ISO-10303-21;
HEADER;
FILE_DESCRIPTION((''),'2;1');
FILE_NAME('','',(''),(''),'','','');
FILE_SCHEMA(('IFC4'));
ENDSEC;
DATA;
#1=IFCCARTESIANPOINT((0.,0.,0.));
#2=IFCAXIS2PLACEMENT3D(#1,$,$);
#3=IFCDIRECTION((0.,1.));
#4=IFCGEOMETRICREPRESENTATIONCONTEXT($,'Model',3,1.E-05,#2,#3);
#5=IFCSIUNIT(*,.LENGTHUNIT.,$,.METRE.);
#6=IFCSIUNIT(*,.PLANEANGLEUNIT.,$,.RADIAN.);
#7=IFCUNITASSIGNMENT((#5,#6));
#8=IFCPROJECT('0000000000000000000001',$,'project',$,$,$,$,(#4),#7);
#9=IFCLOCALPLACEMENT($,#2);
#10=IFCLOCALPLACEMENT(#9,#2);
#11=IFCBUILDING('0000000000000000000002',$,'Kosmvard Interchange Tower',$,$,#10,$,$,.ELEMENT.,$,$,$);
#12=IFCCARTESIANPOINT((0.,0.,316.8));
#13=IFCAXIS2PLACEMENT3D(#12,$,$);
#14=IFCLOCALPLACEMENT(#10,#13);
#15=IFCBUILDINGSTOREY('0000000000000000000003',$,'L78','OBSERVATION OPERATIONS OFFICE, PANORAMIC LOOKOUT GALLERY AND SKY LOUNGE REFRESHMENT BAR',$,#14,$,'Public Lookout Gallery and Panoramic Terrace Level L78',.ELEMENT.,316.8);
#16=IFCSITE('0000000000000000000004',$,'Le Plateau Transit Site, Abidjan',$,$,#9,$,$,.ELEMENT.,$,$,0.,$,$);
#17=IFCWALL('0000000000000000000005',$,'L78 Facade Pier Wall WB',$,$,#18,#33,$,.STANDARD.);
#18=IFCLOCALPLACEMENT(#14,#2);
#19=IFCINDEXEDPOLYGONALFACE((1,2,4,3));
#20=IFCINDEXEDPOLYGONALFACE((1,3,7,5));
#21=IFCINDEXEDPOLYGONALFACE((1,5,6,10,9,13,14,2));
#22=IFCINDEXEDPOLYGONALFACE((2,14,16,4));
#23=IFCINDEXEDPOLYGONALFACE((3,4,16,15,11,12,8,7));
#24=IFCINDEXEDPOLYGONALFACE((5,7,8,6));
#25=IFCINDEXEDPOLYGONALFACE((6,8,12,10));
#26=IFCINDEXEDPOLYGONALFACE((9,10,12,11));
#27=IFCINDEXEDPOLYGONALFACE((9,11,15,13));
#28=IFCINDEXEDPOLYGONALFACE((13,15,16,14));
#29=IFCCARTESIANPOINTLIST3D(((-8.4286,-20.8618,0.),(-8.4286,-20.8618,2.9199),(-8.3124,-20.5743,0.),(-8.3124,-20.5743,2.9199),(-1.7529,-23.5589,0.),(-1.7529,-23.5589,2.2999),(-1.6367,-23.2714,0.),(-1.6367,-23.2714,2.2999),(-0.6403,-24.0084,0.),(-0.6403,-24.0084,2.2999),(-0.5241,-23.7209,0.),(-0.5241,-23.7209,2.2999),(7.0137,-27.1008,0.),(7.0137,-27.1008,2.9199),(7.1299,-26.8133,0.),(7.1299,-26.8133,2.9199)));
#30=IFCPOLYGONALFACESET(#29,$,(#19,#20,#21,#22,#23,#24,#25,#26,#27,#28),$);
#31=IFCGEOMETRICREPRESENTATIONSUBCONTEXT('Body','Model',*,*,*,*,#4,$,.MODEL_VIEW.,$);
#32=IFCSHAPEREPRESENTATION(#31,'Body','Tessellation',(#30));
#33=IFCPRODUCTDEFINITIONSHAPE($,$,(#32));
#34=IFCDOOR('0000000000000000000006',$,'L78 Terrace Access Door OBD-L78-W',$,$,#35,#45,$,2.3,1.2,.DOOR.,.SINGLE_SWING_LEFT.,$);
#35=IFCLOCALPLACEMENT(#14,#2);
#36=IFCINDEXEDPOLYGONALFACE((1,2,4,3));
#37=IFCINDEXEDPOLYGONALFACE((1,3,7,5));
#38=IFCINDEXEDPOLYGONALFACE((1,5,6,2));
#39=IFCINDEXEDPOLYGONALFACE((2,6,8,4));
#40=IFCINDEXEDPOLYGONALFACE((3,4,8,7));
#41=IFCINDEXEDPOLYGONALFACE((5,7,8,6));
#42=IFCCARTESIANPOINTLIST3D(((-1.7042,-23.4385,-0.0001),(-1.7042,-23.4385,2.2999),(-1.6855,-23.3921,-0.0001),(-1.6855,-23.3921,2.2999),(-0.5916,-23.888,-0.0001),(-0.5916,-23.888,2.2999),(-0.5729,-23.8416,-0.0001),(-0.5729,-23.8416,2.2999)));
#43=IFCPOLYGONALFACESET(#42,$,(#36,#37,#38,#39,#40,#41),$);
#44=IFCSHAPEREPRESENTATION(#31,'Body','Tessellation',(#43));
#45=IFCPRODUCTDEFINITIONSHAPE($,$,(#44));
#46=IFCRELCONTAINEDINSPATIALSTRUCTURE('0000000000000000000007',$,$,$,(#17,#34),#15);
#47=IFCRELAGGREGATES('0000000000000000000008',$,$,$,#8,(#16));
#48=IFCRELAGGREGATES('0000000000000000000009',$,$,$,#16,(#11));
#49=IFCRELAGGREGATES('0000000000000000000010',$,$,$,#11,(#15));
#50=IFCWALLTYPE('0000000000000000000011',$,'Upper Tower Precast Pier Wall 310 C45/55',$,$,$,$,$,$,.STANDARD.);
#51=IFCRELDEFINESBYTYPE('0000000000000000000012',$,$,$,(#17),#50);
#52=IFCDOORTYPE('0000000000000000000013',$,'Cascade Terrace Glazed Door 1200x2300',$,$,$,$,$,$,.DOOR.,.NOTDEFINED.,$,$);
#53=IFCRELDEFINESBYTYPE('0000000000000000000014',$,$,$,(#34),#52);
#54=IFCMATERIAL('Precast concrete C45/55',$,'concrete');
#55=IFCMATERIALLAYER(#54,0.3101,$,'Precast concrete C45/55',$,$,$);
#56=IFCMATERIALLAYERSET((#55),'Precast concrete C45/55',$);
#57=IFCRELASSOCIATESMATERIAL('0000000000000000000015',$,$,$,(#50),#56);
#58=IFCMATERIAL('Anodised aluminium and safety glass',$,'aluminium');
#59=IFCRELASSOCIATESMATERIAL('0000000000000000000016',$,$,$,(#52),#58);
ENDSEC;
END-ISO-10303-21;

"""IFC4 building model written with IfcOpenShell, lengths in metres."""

from ifc_helpers import new_model, si_unit, direction, frame, frame_2d, origin, place, context, subcontext, project, spatial, rectangle, extrude, source, transform, mapped, material, layer, layer_set, type_object, element, fill, save


model = new_model("IFC4")

# Units and contexts
model_context = context("Model", 3, precision=1e-05, world=origin(), true_north=direction((0.0, 1.0)))
body_context = subcontext(model_context, "Body", "Model", "MODEL_VIEW")
ifc_project = project(units=[si_unit("LENGTHUNIT", "METRE"), si_unit("PLANEANGLEUNIT", "RADIAN")], contexts=[model_context])

# Site, building, storey
site_placement = place(None, origin())
site = spatial("IfcSite", under=ifc_project, at=site_placement, Name="Le Plateau Transit Site, Abidjan", CompositionType="ELEMENT", RefElevation=0.0)
building_placement = place(site_placement, origin())
building = spatial("IfcBuilding", under=site, at=building_placement, Name="Kosmvard Interchange Tower", CompositionType="ELEMENT")
storey_placement = place(building_placement, frame((0.0, 0.0, 316.8)))
storey = spatial("IfcBuildingStorey", under=building, at=storey_placement, Name="L78", Description="OBSERVATION OPERATIONS OFFICE, PANORAMIC LOOKOUT GALLERY AND SKY LOUNGE REFRESHMENT BAR", LongName="Public Lookout Gallery and Panoramic Terrace Level L78", CompositionType="ELEMENT", Elevation=316.8)

# Shared definitions
ifc_material_1 = material(Name="Precast concrete C45/55", Category="concrete")

# Shared definitions
ifc_layer_1 = layer(ifc_material_1, 0.3101, Name="Precast concrete C45/55")
ifc_layer_set_1 = layer_set([ifc_layer_1], Name="Precast concrete C45/55")
wall_type_1 = type_object("IfcWallType", Name="Upper Tower Precast Pier Wall 310 C45/55", PredefinedType="STANDARD", material=ifc_layer_set_1)

# Wall, opening, door
wall_1_placement = place(storey_placement, frame((-8.3706, -20.718, 0.0), z_axis=(0.0, 0.0, 1.0), x_axis=(0.927186, -0.374601, 0.0)))
wall_1 = element("IfcWall", 1, at=wall_1_placement, inside=storey, type_object=wall_type_1, Name="L78 Facade Pier Wall WB", PredefinedType="STANDARD", context=body_context, shape_type="SweptSolid", body=[
    extrude(rectangle(XDim=16.655, YDim=0.3101, at=frame_2d((8.3276, 0.0))), origin(), (0.0, 0.0, 1.0), 2.9199),
])
opening_1_placement = place(wall_1_placement, frame((7.2, 0.0, 0.0)))
opening_1 = element("IfcOpeningElement", 2, at=opening_1_placement, cuts=wall_1, PredefinedType="OPENING", context=body_context, shape_type="SweptSolid", body=[
    extrude(rectangle(XDim=1.2, YDim=2.3, at=frame_2d((0.6001, 1.1499))), frame((0.0, 0.165, 0.0), z_axis=(0.0, -1.0, 0.0), x_axis=(1.0, 0.0, 0.0)), (0.0, 0.0, 1.0), 0.3301),
])
ifc_material_2 = material(Name="Anodised aluminium and safety glass", Category="aluminium")
door_type_1 = type_object("IfcDoorType", Name="Cascade Terrace Glazed Door 1200x2300", OperationType="NOTDEFINED", PredefinedType="DOOR", material=ifc_material_2)
shared_shape_1 = source(origin(), body_context, "Body", "SweptSolid", [
    extrude(rectangle(XDim=1.2, YDim=2.3, at=frame_2d((0.6001, 1.1499))), frame((0.0, 0.0249, 0.0), z_axis=(0.0, -1.0, 0.0), x_axis=(1.0, 0.0, 0.0)), (0.0, 0.0, 1.0), 0.05),
])
door_1_placement = place(opening_1_placement, origin())
door_1 = element("IfcDoor", 3, at=door_1_placement, inside=storey, type_object=door_type_1, Name="L78 Terrace Access Door OBD-L78-W", OperationType="SINGLE_SWING_LEFT", OverallHeight=2.3, OverallWidth=1.2, PredefinedType="DOOR", context=body_context, shape_type="MappedRepresentation", body=[
    mapped(shared_shape_1, transform((0.0, 0.0, 0.0), scale=1.0)),
])
fill(opening_1, door_1)

save(model, "model.ifc")
